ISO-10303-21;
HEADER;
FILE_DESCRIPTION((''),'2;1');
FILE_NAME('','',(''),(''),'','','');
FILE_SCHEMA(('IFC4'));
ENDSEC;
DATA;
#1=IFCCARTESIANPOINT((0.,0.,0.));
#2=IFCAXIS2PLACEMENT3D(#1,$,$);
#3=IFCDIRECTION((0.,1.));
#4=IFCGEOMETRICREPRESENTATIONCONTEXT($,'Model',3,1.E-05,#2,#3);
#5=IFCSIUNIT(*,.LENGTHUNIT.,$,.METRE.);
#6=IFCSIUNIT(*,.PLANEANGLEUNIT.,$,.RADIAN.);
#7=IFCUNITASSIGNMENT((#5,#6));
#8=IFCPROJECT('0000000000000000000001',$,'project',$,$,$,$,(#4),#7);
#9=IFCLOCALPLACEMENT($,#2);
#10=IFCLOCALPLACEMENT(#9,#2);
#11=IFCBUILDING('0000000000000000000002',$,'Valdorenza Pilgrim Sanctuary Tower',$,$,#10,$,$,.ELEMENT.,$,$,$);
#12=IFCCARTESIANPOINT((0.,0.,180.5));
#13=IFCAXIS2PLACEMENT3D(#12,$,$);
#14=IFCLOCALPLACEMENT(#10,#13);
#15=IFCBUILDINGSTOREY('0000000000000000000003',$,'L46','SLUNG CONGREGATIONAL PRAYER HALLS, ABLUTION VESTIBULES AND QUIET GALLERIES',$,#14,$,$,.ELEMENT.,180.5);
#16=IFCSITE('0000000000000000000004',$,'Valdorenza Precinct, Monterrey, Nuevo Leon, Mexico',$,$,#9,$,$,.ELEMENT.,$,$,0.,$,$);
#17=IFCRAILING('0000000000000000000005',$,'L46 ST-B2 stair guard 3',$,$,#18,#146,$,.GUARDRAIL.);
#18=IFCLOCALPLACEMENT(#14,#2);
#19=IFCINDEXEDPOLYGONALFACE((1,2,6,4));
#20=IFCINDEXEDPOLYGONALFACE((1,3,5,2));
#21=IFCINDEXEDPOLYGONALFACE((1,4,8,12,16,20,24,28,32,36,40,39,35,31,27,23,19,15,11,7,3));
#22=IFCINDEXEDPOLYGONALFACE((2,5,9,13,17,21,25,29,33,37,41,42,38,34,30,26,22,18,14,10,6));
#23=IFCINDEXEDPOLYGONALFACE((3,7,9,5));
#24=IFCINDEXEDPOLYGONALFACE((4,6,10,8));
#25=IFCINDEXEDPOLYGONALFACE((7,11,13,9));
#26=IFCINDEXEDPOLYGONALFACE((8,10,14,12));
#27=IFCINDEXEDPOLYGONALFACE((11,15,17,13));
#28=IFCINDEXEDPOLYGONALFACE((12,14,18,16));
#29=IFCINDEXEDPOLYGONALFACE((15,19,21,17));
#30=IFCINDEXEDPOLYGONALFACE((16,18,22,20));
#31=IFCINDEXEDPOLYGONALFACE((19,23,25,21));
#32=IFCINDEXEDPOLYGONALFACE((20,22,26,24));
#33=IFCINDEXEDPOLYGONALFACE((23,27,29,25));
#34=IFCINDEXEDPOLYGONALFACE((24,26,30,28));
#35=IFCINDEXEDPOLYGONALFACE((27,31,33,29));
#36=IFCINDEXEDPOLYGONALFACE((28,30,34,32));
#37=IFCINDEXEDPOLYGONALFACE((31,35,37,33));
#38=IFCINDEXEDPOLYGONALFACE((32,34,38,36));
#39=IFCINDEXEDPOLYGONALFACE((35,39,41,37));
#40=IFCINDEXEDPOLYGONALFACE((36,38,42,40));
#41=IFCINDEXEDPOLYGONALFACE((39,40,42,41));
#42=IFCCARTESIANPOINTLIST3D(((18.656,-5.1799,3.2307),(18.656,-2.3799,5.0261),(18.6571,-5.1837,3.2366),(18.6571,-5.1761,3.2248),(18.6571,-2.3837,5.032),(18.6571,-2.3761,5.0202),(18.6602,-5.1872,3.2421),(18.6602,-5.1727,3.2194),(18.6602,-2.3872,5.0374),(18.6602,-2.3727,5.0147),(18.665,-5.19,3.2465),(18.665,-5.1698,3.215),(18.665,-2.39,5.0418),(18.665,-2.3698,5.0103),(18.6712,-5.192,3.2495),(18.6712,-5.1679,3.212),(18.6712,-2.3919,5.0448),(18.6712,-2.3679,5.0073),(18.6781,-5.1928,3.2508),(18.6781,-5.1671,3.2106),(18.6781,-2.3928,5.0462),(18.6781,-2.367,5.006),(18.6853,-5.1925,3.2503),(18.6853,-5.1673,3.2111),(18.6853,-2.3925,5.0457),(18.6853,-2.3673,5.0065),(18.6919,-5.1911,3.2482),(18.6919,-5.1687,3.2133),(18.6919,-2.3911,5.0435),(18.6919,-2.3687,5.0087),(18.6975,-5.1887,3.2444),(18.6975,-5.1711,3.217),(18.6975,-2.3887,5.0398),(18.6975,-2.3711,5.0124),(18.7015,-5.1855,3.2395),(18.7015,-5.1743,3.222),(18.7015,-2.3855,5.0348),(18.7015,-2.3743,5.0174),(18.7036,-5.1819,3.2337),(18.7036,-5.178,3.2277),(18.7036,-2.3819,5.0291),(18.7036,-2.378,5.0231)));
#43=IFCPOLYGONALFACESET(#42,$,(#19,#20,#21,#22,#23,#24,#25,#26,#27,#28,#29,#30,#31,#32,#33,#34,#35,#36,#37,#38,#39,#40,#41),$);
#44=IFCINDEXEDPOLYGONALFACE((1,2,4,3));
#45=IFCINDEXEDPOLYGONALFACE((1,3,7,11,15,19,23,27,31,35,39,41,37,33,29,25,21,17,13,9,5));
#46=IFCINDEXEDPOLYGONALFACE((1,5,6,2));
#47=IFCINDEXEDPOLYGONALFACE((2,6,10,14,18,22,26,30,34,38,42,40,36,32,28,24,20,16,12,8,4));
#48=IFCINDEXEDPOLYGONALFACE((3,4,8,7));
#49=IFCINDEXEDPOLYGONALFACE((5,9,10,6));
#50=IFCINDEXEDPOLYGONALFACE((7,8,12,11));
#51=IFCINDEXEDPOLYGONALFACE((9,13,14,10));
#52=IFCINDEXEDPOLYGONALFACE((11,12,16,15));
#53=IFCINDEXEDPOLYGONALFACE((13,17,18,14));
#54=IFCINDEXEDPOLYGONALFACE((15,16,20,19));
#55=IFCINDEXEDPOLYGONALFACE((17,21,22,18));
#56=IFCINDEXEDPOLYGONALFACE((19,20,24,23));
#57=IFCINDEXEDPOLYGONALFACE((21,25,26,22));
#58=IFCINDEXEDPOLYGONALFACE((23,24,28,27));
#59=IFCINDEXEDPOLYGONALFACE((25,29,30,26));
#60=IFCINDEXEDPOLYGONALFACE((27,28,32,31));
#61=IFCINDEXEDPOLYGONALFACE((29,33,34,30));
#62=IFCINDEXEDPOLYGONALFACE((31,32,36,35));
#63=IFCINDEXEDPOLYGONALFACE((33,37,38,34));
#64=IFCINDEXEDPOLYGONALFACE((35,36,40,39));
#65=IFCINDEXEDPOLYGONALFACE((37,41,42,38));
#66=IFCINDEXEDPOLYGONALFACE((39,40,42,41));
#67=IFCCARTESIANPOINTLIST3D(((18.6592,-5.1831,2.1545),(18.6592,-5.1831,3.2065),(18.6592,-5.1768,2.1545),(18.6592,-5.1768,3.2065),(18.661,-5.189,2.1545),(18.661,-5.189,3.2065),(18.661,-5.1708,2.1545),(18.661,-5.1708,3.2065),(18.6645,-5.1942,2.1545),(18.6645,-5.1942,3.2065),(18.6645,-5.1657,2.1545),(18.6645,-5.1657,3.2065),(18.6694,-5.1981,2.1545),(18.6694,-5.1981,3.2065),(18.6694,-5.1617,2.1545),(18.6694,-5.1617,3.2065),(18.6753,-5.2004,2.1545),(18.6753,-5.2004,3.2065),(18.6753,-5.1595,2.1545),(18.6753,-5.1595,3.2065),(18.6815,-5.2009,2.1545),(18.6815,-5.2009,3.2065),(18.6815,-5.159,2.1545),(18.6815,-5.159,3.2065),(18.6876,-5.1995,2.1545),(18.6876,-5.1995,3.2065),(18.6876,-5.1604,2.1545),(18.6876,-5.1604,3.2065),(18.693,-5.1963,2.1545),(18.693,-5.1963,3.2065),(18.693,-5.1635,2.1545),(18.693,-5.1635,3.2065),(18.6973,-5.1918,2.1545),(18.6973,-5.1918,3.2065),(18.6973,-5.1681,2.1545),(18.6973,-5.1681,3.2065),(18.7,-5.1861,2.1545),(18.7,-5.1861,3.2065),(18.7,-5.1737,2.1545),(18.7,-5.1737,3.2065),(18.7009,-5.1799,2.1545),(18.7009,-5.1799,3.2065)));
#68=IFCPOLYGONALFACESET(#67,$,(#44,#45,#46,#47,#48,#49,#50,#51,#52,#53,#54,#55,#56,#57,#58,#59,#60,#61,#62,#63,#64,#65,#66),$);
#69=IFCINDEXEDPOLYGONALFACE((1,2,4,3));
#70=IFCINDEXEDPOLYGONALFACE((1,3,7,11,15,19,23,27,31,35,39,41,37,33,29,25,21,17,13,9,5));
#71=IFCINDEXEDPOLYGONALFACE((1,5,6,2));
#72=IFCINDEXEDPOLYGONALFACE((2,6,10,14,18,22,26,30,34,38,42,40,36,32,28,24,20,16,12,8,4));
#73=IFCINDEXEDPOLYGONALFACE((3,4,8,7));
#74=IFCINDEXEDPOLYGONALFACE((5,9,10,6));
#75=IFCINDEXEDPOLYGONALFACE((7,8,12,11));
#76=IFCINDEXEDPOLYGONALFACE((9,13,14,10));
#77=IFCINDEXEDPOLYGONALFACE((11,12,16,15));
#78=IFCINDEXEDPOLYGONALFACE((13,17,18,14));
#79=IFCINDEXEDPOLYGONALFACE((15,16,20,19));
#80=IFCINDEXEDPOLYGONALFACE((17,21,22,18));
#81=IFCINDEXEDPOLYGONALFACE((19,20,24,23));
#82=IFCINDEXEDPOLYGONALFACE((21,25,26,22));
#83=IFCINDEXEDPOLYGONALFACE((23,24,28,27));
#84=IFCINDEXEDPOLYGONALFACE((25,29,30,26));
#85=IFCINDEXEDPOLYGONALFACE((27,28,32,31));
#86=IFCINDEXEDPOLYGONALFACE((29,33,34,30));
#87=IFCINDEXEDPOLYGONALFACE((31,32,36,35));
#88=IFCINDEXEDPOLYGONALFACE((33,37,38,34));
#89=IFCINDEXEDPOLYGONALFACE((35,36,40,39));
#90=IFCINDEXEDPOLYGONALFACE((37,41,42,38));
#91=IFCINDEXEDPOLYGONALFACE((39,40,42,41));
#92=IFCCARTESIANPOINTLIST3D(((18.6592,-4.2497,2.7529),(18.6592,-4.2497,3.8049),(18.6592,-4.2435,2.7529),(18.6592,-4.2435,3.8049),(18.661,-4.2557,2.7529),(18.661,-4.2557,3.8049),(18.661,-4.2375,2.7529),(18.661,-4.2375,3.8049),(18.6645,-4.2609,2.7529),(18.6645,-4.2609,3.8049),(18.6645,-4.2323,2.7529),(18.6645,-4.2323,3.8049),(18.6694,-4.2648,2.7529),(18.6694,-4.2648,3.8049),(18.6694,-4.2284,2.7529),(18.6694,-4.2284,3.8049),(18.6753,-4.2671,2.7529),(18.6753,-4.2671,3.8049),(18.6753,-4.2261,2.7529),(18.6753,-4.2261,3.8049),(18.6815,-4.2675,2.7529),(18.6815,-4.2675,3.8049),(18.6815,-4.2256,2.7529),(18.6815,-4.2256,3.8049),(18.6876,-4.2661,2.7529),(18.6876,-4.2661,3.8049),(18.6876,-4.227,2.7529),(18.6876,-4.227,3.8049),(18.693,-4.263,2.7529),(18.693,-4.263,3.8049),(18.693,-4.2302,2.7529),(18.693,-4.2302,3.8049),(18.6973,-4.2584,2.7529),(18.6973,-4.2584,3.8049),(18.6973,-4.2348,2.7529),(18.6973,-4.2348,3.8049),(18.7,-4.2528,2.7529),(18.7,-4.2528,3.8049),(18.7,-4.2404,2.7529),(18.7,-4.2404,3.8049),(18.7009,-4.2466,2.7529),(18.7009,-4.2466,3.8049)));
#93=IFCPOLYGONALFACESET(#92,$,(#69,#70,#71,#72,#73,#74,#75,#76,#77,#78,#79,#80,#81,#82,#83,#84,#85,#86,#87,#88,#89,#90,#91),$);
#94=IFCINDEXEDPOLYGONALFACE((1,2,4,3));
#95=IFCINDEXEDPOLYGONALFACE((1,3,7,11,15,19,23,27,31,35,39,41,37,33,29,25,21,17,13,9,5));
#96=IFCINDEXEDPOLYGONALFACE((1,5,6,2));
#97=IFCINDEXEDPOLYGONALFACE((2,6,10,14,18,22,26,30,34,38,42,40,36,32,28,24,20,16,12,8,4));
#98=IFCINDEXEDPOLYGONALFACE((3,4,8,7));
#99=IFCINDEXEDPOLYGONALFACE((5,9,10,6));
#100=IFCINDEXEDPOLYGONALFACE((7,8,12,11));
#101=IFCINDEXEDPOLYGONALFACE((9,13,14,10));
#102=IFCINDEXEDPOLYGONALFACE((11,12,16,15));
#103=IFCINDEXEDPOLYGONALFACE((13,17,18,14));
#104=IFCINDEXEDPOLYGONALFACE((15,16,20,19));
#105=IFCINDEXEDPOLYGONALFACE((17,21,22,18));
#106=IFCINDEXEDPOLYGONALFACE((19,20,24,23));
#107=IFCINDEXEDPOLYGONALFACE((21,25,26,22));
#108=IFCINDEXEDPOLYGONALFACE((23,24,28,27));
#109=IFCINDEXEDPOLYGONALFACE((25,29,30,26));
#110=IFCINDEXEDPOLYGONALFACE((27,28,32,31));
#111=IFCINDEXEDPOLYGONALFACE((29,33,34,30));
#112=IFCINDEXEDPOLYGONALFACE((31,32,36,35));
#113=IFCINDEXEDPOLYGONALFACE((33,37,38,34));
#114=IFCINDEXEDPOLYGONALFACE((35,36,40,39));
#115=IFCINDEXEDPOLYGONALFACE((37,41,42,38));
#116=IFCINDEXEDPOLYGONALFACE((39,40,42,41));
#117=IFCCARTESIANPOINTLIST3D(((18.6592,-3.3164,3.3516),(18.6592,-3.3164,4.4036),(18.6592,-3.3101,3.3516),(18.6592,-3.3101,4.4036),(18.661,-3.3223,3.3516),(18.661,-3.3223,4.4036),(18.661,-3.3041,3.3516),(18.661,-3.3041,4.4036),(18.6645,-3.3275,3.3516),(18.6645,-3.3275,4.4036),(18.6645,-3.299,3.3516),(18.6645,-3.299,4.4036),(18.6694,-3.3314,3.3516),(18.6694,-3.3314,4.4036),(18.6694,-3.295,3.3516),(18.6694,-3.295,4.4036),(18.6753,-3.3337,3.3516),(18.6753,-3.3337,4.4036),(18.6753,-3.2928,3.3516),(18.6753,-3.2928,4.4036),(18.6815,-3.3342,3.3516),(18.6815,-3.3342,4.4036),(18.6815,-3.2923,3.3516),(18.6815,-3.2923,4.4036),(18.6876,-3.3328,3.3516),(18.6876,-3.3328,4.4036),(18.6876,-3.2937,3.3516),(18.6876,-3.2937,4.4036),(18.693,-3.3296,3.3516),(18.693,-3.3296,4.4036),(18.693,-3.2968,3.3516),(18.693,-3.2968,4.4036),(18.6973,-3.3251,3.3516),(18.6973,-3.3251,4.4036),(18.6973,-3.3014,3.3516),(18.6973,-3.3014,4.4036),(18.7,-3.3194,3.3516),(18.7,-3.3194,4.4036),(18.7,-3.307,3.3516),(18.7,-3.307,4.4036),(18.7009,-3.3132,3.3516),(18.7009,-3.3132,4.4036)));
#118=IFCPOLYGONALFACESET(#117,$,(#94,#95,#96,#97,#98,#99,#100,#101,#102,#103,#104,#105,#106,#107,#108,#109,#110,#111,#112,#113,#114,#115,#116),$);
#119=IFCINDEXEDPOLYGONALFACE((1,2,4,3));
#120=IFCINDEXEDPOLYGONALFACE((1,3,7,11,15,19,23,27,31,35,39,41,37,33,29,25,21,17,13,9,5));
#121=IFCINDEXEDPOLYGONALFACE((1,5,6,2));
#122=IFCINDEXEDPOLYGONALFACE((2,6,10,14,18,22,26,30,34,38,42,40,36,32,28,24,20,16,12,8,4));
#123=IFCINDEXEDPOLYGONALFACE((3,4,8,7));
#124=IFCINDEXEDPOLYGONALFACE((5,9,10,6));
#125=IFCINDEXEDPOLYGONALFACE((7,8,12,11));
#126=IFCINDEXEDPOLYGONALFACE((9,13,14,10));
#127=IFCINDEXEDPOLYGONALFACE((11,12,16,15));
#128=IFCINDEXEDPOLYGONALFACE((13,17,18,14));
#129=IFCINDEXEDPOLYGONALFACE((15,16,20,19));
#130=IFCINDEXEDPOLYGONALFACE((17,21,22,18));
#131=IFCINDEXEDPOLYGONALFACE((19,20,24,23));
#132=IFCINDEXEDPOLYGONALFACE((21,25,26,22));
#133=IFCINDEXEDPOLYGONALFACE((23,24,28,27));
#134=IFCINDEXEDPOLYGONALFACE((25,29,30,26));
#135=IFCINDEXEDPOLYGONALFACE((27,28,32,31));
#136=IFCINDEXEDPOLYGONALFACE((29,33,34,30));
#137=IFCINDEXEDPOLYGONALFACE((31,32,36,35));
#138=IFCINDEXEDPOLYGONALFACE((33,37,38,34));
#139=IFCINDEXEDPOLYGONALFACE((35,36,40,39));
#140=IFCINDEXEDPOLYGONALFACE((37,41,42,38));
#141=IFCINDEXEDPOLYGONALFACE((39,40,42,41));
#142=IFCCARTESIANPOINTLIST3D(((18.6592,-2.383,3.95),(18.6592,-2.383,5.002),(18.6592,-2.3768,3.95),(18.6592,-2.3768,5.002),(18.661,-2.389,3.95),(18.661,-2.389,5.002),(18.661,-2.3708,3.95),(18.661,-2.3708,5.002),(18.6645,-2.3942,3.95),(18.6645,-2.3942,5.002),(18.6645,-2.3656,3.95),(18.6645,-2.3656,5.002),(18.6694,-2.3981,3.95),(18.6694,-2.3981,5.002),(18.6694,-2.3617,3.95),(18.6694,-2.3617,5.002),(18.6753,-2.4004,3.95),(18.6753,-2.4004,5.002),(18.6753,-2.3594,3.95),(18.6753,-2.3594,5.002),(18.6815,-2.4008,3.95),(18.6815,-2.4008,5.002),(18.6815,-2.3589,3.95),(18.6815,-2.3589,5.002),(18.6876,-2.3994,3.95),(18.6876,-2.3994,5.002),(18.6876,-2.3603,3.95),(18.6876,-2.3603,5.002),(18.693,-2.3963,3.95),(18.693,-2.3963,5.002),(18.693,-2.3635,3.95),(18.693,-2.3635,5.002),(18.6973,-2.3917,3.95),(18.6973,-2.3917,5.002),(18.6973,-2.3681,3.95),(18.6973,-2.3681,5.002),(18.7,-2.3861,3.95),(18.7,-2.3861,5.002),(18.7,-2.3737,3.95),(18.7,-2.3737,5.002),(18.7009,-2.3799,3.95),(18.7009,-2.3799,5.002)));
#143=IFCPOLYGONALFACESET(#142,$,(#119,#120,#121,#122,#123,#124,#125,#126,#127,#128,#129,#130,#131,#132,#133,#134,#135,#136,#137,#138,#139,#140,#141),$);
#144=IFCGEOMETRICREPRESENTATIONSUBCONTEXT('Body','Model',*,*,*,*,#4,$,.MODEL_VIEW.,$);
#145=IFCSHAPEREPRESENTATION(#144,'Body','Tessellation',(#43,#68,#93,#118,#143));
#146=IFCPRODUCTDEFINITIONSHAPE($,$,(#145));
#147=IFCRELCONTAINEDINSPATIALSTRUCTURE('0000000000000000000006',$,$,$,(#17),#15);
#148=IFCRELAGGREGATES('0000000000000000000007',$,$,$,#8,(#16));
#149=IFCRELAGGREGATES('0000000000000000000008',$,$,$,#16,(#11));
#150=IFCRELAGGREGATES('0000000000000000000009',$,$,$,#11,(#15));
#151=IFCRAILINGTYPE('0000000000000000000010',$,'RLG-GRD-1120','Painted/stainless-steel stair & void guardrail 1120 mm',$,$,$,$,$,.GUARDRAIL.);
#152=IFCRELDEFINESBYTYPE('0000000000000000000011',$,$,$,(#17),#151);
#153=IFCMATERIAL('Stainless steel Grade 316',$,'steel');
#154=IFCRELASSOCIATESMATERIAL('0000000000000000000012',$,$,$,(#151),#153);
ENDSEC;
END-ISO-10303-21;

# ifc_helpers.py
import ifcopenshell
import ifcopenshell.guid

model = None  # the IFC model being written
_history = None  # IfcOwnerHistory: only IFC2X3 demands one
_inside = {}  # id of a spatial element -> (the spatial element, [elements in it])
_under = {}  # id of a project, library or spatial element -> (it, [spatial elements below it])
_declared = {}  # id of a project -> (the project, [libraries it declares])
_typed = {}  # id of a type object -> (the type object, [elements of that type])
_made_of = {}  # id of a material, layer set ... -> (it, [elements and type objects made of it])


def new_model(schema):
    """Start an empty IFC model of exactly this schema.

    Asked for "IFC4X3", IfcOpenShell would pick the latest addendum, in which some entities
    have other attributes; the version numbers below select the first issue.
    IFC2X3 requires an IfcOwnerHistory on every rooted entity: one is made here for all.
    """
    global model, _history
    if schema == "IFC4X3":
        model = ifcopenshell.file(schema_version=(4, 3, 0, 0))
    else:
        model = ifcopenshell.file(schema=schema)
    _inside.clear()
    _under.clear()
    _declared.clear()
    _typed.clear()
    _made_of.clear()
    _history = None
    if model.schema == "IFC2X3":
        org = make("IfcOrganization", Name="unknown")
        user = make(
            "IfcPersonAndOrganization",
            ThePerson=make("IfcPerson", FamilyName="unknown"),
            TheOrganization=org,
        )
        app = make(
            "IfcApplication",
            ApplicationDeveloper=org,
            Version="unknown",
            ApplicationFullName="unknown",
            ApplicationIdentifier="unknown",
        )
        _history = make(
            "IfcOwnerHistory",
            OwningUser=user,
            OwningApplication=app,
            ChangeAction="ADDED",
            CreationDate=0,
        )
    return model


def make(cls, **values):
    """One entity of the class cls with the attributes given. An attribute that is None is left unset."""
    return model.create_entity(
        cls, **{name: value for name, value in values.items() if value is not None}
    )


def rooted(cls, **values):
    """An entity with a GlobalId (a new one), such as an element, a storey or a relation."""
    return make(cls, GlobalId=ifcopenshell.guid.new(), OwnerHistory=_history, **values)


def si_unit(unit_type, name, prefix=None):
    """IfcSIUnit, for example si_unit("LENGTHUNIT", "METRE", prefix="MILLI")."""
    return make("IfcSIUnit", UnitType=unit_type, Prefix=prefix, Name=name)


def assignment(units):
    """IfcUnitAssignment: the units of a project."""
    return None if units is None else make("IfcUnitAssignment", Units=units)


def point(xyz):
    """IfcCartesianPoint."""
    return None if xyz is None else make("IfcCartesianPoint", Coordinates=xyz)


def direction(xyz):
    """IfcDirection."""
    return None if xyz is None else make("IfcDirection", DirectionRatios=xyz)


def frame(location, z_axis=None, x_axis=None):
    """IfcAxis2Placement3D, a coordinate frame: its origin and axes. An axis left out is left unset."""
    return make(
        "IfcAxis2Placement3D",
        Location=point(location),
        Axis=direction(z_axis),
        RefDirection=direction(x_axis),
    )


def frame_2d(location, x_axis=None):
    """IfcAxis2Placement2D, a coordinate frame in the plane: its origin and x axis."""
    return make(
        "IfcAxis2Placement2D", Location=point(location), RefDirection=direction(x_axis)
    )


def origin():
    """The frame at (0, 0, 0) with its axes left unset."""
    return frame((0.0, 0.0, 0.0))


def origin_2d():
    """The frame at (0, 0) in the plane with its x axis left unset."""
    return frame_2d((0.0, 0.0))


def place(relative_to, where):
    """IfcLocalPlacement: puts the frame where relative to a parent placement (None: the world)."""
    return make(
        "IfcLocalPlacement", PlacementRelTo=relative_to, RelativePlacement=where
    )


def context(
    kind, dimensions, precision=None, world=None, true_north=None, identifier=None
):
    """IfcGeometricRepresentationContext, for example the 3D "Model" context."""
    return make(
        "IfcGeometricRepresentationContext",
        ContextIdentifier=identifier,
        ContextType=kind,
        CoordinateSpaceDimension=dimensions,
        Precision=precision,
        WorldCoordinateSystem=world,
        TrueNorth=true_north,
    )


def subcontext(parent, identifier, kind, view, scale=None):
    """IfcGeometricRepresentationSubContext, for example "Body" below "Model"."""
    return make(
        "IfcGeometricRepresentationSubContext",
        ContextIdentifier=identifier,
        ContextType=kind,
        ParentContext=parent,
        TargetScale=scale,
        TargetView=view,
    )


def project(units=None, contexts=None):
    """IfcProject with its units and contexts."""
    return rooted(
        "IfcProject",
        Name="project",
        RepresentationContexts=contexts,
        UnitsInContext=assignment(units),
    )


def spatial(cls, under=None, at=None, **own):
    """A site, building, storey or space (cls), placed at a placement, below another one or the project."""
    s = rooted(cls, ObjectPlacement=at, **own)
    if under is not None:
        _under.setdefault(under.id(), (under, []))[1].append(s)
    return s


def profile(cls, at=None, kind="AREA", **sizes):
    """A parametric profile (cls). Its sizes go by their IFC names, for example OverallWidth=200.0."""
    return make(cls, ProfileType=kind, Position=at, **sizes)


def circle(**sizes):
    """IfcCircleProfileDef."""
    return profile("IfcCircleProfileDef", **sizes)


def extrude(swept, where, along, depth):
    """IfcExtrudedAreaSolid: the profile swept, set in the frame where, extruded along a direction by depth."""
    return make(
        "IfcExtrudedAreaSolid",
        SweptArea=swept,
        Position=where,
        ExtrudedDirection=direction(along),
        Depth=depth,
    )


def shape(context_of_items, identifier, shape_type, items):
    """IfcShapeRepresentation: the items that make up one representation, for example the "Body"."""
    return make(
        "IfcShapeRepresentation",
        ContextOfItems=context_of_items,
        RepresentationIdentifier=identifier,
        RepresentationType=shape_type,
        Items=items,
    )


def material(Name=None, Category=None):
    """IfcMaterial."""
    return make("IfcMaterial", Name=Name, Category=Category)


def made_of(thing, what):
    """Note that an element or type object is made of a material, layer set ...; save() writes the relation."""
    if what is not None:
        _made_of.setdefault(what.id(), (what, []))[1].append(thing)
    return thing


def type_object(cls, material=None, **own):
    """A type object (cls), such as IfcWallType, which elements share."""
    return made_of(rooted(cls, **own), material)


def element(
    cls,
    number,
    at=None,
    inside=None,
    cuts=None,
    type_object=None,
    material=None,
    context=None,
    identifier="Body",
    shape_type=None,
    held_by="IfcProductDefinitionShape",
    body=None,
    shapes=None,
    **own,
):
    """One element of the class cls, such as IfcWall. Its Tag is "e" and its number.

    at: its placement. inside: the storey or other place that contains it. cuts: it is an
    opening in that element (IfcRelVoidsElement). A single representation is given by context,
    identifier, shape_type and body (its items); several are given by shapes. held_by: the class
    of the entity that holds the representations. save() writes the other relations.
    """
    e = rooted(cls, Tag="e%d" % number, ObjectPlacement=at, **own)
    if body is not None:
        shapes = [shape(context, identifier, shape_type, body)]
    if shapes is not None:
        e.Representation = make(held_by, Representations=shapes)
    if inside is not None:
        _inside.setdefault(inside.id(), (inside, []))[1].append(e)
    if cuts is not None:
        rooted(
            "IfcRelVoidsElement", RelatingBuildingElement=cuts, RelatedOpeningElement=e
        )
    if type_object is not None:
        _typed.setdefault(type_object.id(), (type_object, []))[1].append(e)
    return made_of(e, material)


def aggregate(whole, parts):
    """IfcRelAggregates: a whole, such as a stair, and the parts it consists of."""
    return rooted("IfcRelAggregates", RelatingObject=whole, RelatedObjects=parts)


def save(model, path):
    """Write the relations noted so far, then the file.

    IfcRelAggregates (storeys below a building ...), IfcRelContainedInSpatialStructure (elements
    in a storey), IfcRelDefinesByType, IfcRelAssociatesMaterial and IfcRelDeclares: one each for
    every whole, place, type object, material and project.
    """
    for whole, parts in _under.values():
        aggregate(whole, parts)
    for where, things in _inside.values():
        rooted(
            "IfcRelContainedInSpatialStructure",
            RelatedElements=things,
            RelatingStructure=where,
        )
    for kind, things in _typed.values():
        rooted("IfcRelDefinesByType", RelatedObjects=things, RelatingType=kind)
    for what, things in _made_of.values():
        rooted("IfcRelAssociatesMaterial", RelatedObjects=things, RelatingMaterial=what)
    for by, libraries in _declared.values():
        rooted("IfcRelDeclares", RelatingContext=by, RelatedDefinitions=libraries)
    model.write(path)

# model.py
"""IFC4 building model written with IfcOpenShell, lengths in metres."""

from ifc_helpers import new_model, si_unit, direction, frame, origin, origin_2d, place, context, subcontext, project, spatial, circle, extrude, material, type_object, element, save


model = new_model("IFC4")

# Units and contexts
model_context = context("Model", 3, precision=1e-05, world=origin(), true_north=direction((0.0, 1.0)))
body_context = subcontext(model_context, "Body", "Model", "MODEL_VIEW")
ifc_project = project(units=[si_unit("LENGTHUNIT", "METRE"), si_unit("PLANEANGLEUNIT", "RADIAN")], contexts=[model_context])

# Site, building, storey
site_placement = place(None, origin())
site = spatial("IfcSite", under=ifc_project, at=site_placement, Name="Valdorenza Precinct, Monterrey, Nuevo Leon, Mexico", CompositionType="ELEMENT", RefElevation=0.0)
building_placement = place(site_placement, origin())
building = spatial("IfcBuilding", under=site, at=building_placement, Name="Valdorenza Pilgrim Sanctuary Tower", CompositionType="ELEMENT")
storey_placement = place(building_placement, frame((0.0, 0.0, 180.5)))
storey = spatial("IfcBuildingStorey", under=building, at=storey_placement, Name="L46", Description="SLUNG CONGREGATIONAL PRAYER HALLS, ABLUTION VESTIBULES AND QUIET GALLERIES", CompositionType="ELEMENT", Elevation=180.5)

# Railing
ifc_material_1 = material(Name="Stainless steel Grade 316", Category="steel")
railing_type_1 = type_object("IfcRailingType", Name="RLG-GRD-1120", Description="Painted/stainless-steel stair & void guardrail 1120 mm", PredefinedType="GUARDRAIL", material=ifc_material_1)
railing_1_placement = place(storey_placement, frame((18.6799, -5.1799, 2.1545)))
element("IfcRailing", 1, at=railing_1_placement, inside=storey, type_object=railing_type_1, Name="L46 ST-B2 stair guard 3", PredefinedType="GUARDRAIL", context=body_context, shape_type="SweptSolid", body=[
    extrude(circle(Radius=0.0239, at=origin_2d()), frame((0.0, 0.0, 1.0762), z_axis=(0.0, 0.84181, 0.539774), x_axis=(-1.0, 0.0, 0.0)), (0.0, 0.0, 1.0), 3.3262),
    extrude(circle(Radius=0.021, at=origin_2d()), origin(), (0.0, 0.0, 1.0), 1.052),
    extrude(circle(Radius=0.021, at=origin_2d()), frame((0.0, 0.9333, 0.5984)), (0.0, 0.0, 1.0), 1.052),
    extrude(circle(Radius=0.021, at=origin_2d()), frame((0.0, 1.8667, 1.197)), (0.0, 0.0, 1.0), 1.052),
    extrude(circle(Radius=0.021, at=origin_2d()), frame((0.0, 2.8, 1.7954)), (0.0, 0.0, 1.0), 1.052),
])

save(model, "model.ifc")
